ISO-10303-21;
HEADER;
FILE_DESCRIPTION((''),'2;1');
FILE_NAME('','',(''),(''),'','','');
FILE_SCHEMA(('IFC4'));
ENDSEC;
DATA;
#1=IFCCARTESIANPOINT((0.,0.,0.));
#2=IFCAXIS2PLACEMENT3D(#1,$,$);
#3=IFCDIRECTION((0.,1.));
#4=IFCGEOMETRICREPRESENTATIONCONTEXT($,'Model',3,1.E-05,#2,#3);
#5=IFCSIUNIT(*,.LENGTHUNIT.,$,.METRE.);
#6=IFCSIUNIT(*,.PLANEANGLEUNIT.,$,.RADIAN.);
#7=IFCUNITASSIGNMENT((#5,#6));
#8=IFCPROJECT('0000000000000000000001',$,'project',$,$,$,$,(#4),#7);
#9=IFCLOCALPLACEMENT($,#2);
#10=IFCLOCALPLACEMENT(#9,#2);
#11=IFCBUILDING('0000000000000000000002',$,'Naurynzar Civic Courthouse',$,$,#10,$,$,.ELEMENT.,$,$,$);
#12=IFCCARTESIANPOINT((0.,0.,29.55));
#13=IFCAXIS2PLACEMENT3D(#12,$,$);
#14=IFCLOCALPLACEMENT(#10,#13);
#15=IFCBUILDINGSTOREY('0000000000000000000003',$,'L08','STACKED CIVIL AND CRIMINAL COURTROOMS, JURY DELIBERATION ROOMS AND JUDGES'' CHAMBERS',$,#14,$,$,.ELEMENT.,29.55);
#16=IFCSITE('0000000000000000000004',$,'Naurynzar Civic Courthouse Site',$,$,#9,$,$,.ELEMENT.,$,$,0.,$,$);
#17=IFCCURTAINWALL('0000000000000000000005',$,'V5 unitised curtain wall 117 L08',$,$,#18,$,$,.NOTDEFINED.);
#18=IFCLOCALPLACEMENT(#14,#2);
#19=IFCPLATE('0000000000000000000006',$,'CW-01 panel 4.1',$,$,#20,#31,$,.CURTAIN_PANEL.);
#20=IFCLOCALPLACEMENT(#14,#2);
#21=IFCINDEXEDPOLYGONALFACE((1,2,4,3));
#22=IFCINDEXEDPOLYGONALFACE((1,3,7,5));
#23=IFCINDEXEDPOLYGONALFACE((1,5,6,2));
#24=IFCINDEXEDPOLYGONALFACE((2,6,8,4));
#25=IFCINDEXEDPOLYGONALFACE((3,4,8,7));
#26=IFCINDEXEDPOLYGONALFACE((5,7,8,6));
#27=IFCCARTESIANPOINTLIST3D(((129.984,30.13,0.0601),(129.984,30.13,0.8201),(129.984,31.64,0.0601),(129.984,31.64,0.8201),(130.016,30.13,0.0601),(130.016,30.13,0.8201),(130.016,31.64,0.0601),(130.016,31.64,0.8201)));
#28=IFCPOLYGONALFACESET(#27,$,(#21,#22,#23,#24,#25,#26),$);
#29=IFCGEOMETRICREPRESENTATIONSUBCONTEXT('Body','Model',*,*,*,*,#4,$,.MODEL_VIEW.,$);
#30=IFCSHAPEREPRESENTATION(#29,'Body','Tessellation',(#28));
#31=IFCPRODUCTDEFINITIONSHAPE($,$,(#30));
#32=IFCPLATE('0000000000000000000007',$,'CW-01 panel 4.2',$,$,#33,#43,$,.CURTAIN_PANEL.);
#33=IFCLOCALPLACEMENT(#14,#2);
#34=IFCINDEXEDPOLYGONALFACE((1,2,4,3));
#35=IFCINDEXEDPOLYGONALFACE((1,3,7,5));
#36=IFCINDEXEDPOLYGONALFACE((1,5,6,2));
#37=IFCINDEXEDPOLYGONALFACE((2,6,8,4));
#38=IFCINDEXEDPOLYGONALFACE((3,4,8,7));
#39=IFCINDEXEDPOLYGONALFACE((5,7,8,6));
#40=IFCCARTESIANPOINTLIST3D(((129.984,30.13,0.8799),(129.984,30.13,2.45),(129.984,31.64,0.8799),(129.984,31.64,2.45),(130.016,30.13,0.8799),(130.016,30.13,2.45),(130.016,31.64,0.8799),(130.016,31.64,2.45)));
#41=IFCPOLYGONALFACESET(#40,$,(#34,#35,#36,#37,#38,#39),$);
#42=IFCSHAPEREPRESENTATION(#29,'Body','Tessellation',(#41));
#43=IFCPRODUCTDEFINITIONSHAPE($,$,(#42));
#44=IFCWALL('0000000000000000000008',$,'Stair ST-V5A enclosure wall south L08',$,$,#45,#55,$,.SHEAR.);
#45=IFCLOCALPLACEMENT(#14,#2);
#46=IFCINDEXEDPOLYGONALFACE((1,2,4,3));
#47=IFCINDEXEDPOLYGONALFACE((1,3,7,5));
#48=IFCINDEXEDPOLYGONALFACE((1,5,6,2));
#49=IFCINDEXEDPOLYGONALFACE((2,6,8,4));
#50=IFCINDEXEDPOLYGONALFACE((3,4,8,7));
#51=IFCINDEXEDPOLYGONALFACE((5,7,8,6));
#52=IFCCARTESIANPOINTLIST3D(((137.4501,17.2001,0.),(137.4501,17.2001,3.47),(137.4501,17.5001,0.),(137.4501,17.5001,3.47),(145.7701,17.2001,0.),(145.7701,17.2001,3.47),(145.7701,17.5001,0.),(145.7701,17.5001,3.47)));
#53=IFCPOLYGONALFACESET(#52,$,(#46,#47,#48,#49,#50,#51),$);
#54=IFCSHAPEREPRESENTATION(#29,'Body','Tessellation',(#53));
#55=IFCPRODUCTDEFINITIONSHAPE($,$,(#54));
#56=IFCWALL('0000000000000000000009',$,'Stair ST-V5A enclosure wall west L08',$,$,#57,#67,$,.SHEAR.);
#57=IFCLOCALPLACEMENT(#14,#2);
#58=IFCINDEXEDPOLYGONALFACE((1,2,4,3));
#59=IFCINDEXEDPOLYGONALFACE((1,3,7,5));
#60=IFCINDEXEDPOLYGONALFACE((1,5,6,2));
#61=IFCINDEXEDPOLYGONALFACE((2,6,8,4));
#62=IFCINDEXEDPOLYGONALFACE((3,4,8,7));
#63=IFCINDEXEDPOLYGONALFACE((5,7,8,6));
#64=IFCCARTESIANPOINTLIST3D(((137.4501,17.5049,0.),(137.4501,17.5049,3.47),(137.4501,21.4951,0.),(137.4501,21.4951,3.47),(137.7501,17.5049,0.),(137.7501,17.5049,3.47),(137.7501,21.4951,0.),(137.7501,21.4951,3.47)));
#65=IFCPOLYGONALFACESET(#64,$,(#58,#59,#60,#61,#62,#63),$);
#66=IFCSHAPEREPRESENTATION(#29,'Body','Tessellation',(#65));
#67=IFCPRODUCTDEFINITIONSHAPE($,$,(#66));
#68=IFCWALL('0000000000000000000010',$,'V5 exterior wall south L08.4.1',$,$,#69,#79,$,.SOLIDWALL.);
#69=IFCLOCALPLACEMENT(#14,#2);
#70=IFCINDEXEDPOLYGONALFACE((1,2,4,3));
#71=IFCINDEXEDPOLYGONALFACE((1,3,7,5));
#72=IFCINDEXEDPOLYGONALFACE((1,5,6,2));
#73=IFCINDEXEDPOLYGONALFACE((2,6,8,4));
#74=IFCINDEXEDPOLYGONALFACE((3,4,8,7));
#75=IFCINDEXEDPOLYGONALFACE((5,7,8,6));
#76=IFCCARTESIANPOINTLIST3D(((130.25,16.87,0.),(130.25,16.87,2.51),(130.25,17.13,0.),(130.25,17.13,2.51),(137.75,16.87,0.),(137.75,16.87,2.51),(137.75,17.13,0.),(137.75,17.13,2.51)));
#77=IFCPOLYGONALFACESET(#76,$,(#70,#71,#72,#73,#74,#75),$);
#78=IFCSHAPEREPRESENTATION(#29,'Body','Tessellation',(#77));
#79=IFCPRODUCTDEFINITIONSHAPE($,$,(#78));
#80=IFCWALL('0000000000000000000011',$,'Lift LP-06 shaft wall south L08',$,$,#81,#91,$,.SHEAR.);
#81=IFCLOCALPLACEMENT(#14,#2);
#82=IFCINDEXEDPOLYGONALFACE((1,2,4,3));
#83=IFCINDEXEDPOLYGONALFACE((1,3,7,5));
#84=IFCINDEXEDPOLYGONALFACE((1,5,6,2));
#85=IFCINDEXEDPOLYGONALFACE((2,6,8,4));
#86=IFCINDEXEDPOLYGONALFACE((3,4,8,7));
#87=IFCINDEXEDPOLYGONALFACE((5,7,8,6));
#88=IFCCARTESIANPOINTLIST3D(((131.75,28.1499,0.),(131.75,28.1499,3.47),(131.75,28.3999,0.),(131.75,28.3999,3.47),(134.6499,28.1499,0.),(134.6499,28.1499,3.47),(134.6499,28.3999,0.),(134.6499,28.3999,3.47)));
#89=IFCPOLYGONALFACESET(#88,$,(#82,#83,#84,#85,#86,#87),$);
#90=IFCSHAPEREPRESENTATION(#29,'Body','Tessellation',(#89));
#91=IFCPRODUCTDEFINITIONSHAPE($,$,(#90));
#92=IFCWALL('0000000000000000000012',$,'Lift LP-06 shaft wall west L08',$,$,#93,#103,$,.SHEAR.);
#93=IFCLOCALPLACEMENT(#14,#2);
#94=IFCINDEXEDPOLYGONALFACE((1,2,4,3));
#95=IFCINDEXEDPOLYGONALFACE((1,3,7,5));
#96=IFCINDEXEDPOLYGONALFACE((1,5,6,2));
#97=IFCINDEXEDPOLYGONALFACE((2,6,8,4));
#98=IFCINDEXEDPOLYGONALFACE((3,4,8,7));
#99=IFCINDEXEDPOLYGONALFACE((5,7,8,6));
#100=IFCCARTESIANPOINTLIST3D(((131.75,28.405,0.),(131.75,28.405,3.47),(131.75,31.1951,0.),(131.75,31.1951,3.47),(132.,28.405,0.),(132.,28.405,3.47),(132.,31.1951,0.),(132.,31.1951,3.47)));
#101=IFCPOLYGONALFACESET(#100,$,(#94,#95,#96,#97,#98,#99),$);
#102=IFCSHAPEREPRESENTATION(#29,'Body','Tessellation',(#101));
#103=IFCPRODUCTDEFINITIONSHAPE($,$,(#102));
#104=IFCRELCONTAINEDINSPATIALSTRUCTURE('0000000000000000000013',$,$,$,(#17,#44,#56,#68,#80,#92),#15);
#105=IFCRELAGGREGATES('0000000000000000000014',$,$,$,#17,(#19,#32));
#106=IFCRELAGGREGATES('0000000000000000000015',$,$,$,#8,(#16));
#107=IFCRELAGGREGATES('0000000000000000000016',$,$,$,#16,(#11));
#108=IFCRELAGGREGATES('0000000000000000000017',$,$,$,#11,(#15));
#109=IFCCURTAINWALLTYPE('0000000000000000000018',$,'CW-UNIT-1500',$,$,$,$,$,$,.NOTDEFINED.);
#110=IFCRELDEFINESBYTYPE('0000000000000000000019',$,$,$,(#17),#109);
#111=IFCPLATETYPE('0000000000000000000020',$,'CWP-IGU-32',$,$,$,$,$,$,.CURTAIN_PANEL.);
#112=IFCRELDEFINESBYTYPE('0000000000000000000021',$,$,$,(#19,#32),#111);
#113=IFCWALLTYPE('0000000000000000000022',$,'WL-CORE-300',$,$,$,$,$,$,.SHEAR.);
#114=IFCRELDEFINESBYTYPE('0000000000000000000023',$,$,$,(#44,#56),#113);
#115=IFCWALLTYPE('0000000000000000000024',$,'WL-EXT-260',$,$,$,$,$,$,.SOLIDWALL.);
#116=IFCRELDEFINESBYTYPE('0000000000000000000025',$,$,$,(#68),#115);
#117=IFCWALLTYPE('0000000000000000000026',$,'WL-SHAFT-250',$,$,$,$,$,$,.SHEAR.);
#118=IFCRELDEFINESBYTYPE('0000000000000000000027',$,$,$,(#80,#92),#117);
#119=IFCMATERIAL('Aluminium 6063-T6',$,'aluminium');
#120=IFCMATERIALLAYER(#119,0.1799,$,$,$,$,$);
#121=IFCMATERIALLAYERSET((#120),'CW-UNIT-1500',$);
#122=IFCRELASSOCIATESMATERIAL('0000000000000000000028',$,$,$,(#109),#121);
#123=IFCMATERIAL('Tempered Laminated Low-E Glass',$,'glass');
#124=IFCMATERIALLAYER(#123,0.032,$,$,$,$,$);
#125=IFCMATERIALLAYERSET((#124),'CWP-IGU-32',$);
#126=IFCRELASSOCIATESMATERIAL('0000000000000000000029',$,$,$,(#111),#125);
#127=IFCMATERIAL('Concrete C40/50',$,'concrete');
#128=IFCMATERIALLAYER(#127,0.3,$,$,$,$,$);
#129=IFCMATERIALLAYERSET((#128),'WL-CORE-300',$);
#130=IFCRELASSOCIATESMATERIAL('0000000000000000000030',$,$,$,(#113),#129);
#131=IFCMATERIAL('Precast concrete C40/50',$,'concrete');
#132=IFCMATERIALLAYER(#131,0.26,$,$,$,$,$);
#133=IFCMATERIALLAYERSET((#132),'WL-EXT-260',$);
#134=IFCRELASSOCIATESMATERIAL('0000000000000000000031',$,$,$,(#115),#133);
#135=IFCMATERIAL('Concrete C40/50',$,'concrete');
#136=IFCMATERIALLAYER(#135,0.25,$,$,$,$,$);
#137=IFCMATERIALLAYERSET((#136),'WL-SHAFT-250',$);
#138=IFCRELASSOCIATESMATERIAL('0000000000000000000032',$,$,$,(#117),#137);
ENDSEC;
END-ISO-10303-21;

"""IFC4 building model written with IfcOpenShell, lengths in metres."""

from ifc_helpers import new_model, si_unit, direction, frame, frame_2d, origin, origin_2d, place, context, subcontext, project, spatial, rectangle, extrude, material, layer, layer_set, type_object, element, aggregate, save


model = new_model("IFC4")

# Units and contexts
model_context = context("Model", 3, precision=1e-05, world=origin(), true_north=direction((0.0, 1.0)))
body_context = subcontext(model_context, "Body", "Model", "MODEL_VIEW")
ifc_project = project(units=[si_unit("LENGTHUNIT", "METRE"), si_unit("PLANEANGLEUNIT", "RADIAN")], contexts=[model_context])

# Site, building, storey
site_placement = place(None, origin())
site = spatial("IfcSite", under=ifc_project, at=site_placement, Name="Naurynzar Civic Courthouse Site", CompositionType="ELEMENT", RefElevation=0.0)
building_placement = place(site_placement, origin())
building = spatial("IfcBuilding", under=site, at=building_placement, Name="Naurynzar Civic Courthouse", CompositionType="ELEMENT")
storey_placement = place(building_placement, frame((0.0, 0.0, 29.55)))
storey = spatial("IfcBuildingStorey", under=building, at=storey_placement, Name="L08", Description="STACKED CIVIL AND CRIMINAL COURTROOMS, JURY DELIBERATION ROOMS AND JUDGES' CHAMBERS", CompositionType="ELEMENT", Elevation=29.55)

# Curtain wall, plates
ifc_material_1 = material(Name="Aluminium 6063-T6", Category="aluminium")
ifc_layer_1 = layer(ifc_material_1, 0.1799)
ifc_layer_set_1 = layer_set([ifc_layer_1], Name="CW-UNIT-1500")
curtain_wall_type = type_object("IfcCurtainWallType", Name="CW-UNIT-1500", PredefinedType="NOTDEFINED", material=ifc_layer_set_1)
curtain_wall_placement = place(storey_placement, origin())
curtain_wall = element("IfcCurtainWall", 1, at=curtain_wall_placement, inside=storey, type_object=curtain_wall_type, Name="V5 unitised curtain wall 117 L08", PredefinedType="NOTDEFINED")
ifc_material_2 = material(Name="Tempered Laminated Low-E Glass", Category="glass")
ifc_layer_2 = layer(ifc_material_2, 0.032)
ifc_layer_set_2 = layer_set([ifc_layer_2], Name="CWP-IGU-32")
plate_type = type_object("IfcPlateType", Name="CWP-IGU-32", PredefinedType="CURTAIN_PANEL", material=ifc_layer_set_2)
plate_1_placement = place(storey_placement, frame((130.0, 30.885, 0.0601), z_axis=(0.0, 0.0, 1.0), x_axis=(0.0, 1.0, 0.0)))
plate_1 = element("IfcPlate", 2, at=plate_1_placement, type_object=plate_type, Name="CW-01 panel 4.1", PredefinedType="CURTAIN_PANEL", context=body_context, shape_type="SweptSolid", body=[
    extrude(rectangle(XDim=1.51, YDim=0.032, at=origin_2d()), origin(), (0.0, 0.0, 1.0), 0.76),
])
plate_2_placement = place(storey_placement, frame((130.0, 30.885, 0.8799), z_axis=(0.0, 0.0, 1.0), x_axis=(0.0, 1.0, 0.0)))
plate_2 = element("IfcPlate", 3, at=plate_2_placement, type_object=plate_type, Name="CW-01 panel 4.2", PredefinedType="CURTAIN_PANEL", context=body_context, shape_type="SweptSolid", body=[
    extrude(rectangle(XDim=1.51, YDim=0.032, at=origin_2d()), origin(), (0.0, 0.0, 1.0), 1.5701),
])
aggregate(curtain_wall, [plate_1, plate_2])

# Walls
ifc_material_3 = material(Name="Concrete C40/50", Category="concrete")
ifc_layer_3 = layer(ifc_material_3, 0.3)
ifc_layer_set_3 = layer_set([ifc_layer_3], Name="WL-CORE-300")
wall_type_1 = type_object("IfcWallType", Name="WL-CORE-300", PredefinedType="SHEAR", material=ifc_layer_set_3)
wall_1_placement = place(storey_placement, frame((137.45, 17.3501, 0.0), z_axis=(0.0, 0.0, 1.0), x_axis=(1.0, 0.0, 0.0)))
element("IfcWall", 4, at=wall_1_placement, inside=storey, type_object=wall_type_1, Name="Stair ST-V5A enclosure wall south L08", PredefinedType="SHEAR", context=body_context, shape_type="SweptSolid", body=[
    extrude(rectangle(XDim=8.3201, YDim=0.3, at=frame_2d((4.1602, 0.0))), origin(), (0.0, 0.0, 1.0), 3.47),
])
wall_2_placement = place(storey_placement, frame((137.6001, 21.4951, 0.0), z_axis=(0.0, 0.0, 1.0), x_axis=(0.0, -1.0, 0.0)))
element("IfcWall", 5, at=wall_2_placement, inside=storey, type_object=wall_type_1, Name="Stair ST-V5A enclosure wall west L08", PredefinedType="SHEAR", context=body_context, shape_type="SweptSolid", body=[
    extrude(rectangle(XDim=3.9902, YDim=0.3, at=frame_2d((1.9951, 0.0))), origin(), (0.0, 0.0, 1.0), 3.47),
])
ifc_material_4 = material(Name="Precast concrete C40/50", Category="concrete")
ifc_layer_4 = layer(ifc_material_4, 0.26)
ifc_layer_set_4 = layer_set([ifc_layer_4], Name="WL-EXT-260")
wall_type_2 = type_object("IfcWallType", Name="WL-EXT-260", PredefinedType="SOLIDWALL", material=ifc_layer_set_4)
wall_3_placement = place(storey_placement, frame((137.75, 17.0, 0.0), z_axis=(0.0, 0.0, 1.0), x_axis=(-1.0, 0.0, 0.0)))
element("IfcWall", 6, at=wall_3_placement, inside=storey, type_object=wall_type_2, Name="V5 exterior wall south L08.4.1", PredefinedType="SOLIDWALL", context=body_context, shape_type="SweptSolid", body=[
    extrude(rectangle(XDim=7.5, YDim=0.26, at=frame_2d((3.75, 0.0))), origin(), (0.0, 0.0, 1.0), 2.51),
])
ifc_material_5 = material(Name="Concrete C40/50", Category="concrete")
ifc_layer_5 = layer(ifc_material_5, 0.25)
ifc_layer_set_5 = layer_set([ifc_layer_5], Name="WL-SHAFT-250")
wall_type_3 = type_object("IfcWallType", Name="WL-SHAFT-250", PredefinedType="SHEAR", material=ifc_layer_set_5)
wall_4_placement = place(storey_placement, frame((131.75, 28.2749, 0.0), z_axis=(0.0, 0.0, 1.0), x_axis=(1.0, 0.0, 0.0)))
element("IfcWall", 7, at=wall_4_placement, inside=storey, type_object=wall_type_3, Name="Lift LP-06 shaft wall south L08", PredefinedType="SHEAR", context=body_context, shape_type="SweptSolid", body=[
    extrude(rectangle(XDim=2.8999, YDim=0.25, at=frame_2d((1.45, 0.0))), origin(), (0.0, 0.0, 1.0), 3.47),
])
wall_5_placement = place(storey_placement, frame((131.875, 31.1951, 0.0), z_axis=(0.0, 0.0, 1.0), x_axis=(0.0, -1.0, 0.0)))
element("IfcWall", 8, at=wall_5_placement, inside=storey, type_object=wall_type_3, Name="Lift LP-06 shaft wall west L08", PredefinedType="SHEAR", context=body_context, shape_type="SweptSolid", body=[
    extrude(rectangle(XDim=2.79, YDim=0.25, at=frame_2d((1.395, 0.0))), origin(), (0.0, 0.0, 1.0), 3.47),
])

save(model, "model.ifc")
